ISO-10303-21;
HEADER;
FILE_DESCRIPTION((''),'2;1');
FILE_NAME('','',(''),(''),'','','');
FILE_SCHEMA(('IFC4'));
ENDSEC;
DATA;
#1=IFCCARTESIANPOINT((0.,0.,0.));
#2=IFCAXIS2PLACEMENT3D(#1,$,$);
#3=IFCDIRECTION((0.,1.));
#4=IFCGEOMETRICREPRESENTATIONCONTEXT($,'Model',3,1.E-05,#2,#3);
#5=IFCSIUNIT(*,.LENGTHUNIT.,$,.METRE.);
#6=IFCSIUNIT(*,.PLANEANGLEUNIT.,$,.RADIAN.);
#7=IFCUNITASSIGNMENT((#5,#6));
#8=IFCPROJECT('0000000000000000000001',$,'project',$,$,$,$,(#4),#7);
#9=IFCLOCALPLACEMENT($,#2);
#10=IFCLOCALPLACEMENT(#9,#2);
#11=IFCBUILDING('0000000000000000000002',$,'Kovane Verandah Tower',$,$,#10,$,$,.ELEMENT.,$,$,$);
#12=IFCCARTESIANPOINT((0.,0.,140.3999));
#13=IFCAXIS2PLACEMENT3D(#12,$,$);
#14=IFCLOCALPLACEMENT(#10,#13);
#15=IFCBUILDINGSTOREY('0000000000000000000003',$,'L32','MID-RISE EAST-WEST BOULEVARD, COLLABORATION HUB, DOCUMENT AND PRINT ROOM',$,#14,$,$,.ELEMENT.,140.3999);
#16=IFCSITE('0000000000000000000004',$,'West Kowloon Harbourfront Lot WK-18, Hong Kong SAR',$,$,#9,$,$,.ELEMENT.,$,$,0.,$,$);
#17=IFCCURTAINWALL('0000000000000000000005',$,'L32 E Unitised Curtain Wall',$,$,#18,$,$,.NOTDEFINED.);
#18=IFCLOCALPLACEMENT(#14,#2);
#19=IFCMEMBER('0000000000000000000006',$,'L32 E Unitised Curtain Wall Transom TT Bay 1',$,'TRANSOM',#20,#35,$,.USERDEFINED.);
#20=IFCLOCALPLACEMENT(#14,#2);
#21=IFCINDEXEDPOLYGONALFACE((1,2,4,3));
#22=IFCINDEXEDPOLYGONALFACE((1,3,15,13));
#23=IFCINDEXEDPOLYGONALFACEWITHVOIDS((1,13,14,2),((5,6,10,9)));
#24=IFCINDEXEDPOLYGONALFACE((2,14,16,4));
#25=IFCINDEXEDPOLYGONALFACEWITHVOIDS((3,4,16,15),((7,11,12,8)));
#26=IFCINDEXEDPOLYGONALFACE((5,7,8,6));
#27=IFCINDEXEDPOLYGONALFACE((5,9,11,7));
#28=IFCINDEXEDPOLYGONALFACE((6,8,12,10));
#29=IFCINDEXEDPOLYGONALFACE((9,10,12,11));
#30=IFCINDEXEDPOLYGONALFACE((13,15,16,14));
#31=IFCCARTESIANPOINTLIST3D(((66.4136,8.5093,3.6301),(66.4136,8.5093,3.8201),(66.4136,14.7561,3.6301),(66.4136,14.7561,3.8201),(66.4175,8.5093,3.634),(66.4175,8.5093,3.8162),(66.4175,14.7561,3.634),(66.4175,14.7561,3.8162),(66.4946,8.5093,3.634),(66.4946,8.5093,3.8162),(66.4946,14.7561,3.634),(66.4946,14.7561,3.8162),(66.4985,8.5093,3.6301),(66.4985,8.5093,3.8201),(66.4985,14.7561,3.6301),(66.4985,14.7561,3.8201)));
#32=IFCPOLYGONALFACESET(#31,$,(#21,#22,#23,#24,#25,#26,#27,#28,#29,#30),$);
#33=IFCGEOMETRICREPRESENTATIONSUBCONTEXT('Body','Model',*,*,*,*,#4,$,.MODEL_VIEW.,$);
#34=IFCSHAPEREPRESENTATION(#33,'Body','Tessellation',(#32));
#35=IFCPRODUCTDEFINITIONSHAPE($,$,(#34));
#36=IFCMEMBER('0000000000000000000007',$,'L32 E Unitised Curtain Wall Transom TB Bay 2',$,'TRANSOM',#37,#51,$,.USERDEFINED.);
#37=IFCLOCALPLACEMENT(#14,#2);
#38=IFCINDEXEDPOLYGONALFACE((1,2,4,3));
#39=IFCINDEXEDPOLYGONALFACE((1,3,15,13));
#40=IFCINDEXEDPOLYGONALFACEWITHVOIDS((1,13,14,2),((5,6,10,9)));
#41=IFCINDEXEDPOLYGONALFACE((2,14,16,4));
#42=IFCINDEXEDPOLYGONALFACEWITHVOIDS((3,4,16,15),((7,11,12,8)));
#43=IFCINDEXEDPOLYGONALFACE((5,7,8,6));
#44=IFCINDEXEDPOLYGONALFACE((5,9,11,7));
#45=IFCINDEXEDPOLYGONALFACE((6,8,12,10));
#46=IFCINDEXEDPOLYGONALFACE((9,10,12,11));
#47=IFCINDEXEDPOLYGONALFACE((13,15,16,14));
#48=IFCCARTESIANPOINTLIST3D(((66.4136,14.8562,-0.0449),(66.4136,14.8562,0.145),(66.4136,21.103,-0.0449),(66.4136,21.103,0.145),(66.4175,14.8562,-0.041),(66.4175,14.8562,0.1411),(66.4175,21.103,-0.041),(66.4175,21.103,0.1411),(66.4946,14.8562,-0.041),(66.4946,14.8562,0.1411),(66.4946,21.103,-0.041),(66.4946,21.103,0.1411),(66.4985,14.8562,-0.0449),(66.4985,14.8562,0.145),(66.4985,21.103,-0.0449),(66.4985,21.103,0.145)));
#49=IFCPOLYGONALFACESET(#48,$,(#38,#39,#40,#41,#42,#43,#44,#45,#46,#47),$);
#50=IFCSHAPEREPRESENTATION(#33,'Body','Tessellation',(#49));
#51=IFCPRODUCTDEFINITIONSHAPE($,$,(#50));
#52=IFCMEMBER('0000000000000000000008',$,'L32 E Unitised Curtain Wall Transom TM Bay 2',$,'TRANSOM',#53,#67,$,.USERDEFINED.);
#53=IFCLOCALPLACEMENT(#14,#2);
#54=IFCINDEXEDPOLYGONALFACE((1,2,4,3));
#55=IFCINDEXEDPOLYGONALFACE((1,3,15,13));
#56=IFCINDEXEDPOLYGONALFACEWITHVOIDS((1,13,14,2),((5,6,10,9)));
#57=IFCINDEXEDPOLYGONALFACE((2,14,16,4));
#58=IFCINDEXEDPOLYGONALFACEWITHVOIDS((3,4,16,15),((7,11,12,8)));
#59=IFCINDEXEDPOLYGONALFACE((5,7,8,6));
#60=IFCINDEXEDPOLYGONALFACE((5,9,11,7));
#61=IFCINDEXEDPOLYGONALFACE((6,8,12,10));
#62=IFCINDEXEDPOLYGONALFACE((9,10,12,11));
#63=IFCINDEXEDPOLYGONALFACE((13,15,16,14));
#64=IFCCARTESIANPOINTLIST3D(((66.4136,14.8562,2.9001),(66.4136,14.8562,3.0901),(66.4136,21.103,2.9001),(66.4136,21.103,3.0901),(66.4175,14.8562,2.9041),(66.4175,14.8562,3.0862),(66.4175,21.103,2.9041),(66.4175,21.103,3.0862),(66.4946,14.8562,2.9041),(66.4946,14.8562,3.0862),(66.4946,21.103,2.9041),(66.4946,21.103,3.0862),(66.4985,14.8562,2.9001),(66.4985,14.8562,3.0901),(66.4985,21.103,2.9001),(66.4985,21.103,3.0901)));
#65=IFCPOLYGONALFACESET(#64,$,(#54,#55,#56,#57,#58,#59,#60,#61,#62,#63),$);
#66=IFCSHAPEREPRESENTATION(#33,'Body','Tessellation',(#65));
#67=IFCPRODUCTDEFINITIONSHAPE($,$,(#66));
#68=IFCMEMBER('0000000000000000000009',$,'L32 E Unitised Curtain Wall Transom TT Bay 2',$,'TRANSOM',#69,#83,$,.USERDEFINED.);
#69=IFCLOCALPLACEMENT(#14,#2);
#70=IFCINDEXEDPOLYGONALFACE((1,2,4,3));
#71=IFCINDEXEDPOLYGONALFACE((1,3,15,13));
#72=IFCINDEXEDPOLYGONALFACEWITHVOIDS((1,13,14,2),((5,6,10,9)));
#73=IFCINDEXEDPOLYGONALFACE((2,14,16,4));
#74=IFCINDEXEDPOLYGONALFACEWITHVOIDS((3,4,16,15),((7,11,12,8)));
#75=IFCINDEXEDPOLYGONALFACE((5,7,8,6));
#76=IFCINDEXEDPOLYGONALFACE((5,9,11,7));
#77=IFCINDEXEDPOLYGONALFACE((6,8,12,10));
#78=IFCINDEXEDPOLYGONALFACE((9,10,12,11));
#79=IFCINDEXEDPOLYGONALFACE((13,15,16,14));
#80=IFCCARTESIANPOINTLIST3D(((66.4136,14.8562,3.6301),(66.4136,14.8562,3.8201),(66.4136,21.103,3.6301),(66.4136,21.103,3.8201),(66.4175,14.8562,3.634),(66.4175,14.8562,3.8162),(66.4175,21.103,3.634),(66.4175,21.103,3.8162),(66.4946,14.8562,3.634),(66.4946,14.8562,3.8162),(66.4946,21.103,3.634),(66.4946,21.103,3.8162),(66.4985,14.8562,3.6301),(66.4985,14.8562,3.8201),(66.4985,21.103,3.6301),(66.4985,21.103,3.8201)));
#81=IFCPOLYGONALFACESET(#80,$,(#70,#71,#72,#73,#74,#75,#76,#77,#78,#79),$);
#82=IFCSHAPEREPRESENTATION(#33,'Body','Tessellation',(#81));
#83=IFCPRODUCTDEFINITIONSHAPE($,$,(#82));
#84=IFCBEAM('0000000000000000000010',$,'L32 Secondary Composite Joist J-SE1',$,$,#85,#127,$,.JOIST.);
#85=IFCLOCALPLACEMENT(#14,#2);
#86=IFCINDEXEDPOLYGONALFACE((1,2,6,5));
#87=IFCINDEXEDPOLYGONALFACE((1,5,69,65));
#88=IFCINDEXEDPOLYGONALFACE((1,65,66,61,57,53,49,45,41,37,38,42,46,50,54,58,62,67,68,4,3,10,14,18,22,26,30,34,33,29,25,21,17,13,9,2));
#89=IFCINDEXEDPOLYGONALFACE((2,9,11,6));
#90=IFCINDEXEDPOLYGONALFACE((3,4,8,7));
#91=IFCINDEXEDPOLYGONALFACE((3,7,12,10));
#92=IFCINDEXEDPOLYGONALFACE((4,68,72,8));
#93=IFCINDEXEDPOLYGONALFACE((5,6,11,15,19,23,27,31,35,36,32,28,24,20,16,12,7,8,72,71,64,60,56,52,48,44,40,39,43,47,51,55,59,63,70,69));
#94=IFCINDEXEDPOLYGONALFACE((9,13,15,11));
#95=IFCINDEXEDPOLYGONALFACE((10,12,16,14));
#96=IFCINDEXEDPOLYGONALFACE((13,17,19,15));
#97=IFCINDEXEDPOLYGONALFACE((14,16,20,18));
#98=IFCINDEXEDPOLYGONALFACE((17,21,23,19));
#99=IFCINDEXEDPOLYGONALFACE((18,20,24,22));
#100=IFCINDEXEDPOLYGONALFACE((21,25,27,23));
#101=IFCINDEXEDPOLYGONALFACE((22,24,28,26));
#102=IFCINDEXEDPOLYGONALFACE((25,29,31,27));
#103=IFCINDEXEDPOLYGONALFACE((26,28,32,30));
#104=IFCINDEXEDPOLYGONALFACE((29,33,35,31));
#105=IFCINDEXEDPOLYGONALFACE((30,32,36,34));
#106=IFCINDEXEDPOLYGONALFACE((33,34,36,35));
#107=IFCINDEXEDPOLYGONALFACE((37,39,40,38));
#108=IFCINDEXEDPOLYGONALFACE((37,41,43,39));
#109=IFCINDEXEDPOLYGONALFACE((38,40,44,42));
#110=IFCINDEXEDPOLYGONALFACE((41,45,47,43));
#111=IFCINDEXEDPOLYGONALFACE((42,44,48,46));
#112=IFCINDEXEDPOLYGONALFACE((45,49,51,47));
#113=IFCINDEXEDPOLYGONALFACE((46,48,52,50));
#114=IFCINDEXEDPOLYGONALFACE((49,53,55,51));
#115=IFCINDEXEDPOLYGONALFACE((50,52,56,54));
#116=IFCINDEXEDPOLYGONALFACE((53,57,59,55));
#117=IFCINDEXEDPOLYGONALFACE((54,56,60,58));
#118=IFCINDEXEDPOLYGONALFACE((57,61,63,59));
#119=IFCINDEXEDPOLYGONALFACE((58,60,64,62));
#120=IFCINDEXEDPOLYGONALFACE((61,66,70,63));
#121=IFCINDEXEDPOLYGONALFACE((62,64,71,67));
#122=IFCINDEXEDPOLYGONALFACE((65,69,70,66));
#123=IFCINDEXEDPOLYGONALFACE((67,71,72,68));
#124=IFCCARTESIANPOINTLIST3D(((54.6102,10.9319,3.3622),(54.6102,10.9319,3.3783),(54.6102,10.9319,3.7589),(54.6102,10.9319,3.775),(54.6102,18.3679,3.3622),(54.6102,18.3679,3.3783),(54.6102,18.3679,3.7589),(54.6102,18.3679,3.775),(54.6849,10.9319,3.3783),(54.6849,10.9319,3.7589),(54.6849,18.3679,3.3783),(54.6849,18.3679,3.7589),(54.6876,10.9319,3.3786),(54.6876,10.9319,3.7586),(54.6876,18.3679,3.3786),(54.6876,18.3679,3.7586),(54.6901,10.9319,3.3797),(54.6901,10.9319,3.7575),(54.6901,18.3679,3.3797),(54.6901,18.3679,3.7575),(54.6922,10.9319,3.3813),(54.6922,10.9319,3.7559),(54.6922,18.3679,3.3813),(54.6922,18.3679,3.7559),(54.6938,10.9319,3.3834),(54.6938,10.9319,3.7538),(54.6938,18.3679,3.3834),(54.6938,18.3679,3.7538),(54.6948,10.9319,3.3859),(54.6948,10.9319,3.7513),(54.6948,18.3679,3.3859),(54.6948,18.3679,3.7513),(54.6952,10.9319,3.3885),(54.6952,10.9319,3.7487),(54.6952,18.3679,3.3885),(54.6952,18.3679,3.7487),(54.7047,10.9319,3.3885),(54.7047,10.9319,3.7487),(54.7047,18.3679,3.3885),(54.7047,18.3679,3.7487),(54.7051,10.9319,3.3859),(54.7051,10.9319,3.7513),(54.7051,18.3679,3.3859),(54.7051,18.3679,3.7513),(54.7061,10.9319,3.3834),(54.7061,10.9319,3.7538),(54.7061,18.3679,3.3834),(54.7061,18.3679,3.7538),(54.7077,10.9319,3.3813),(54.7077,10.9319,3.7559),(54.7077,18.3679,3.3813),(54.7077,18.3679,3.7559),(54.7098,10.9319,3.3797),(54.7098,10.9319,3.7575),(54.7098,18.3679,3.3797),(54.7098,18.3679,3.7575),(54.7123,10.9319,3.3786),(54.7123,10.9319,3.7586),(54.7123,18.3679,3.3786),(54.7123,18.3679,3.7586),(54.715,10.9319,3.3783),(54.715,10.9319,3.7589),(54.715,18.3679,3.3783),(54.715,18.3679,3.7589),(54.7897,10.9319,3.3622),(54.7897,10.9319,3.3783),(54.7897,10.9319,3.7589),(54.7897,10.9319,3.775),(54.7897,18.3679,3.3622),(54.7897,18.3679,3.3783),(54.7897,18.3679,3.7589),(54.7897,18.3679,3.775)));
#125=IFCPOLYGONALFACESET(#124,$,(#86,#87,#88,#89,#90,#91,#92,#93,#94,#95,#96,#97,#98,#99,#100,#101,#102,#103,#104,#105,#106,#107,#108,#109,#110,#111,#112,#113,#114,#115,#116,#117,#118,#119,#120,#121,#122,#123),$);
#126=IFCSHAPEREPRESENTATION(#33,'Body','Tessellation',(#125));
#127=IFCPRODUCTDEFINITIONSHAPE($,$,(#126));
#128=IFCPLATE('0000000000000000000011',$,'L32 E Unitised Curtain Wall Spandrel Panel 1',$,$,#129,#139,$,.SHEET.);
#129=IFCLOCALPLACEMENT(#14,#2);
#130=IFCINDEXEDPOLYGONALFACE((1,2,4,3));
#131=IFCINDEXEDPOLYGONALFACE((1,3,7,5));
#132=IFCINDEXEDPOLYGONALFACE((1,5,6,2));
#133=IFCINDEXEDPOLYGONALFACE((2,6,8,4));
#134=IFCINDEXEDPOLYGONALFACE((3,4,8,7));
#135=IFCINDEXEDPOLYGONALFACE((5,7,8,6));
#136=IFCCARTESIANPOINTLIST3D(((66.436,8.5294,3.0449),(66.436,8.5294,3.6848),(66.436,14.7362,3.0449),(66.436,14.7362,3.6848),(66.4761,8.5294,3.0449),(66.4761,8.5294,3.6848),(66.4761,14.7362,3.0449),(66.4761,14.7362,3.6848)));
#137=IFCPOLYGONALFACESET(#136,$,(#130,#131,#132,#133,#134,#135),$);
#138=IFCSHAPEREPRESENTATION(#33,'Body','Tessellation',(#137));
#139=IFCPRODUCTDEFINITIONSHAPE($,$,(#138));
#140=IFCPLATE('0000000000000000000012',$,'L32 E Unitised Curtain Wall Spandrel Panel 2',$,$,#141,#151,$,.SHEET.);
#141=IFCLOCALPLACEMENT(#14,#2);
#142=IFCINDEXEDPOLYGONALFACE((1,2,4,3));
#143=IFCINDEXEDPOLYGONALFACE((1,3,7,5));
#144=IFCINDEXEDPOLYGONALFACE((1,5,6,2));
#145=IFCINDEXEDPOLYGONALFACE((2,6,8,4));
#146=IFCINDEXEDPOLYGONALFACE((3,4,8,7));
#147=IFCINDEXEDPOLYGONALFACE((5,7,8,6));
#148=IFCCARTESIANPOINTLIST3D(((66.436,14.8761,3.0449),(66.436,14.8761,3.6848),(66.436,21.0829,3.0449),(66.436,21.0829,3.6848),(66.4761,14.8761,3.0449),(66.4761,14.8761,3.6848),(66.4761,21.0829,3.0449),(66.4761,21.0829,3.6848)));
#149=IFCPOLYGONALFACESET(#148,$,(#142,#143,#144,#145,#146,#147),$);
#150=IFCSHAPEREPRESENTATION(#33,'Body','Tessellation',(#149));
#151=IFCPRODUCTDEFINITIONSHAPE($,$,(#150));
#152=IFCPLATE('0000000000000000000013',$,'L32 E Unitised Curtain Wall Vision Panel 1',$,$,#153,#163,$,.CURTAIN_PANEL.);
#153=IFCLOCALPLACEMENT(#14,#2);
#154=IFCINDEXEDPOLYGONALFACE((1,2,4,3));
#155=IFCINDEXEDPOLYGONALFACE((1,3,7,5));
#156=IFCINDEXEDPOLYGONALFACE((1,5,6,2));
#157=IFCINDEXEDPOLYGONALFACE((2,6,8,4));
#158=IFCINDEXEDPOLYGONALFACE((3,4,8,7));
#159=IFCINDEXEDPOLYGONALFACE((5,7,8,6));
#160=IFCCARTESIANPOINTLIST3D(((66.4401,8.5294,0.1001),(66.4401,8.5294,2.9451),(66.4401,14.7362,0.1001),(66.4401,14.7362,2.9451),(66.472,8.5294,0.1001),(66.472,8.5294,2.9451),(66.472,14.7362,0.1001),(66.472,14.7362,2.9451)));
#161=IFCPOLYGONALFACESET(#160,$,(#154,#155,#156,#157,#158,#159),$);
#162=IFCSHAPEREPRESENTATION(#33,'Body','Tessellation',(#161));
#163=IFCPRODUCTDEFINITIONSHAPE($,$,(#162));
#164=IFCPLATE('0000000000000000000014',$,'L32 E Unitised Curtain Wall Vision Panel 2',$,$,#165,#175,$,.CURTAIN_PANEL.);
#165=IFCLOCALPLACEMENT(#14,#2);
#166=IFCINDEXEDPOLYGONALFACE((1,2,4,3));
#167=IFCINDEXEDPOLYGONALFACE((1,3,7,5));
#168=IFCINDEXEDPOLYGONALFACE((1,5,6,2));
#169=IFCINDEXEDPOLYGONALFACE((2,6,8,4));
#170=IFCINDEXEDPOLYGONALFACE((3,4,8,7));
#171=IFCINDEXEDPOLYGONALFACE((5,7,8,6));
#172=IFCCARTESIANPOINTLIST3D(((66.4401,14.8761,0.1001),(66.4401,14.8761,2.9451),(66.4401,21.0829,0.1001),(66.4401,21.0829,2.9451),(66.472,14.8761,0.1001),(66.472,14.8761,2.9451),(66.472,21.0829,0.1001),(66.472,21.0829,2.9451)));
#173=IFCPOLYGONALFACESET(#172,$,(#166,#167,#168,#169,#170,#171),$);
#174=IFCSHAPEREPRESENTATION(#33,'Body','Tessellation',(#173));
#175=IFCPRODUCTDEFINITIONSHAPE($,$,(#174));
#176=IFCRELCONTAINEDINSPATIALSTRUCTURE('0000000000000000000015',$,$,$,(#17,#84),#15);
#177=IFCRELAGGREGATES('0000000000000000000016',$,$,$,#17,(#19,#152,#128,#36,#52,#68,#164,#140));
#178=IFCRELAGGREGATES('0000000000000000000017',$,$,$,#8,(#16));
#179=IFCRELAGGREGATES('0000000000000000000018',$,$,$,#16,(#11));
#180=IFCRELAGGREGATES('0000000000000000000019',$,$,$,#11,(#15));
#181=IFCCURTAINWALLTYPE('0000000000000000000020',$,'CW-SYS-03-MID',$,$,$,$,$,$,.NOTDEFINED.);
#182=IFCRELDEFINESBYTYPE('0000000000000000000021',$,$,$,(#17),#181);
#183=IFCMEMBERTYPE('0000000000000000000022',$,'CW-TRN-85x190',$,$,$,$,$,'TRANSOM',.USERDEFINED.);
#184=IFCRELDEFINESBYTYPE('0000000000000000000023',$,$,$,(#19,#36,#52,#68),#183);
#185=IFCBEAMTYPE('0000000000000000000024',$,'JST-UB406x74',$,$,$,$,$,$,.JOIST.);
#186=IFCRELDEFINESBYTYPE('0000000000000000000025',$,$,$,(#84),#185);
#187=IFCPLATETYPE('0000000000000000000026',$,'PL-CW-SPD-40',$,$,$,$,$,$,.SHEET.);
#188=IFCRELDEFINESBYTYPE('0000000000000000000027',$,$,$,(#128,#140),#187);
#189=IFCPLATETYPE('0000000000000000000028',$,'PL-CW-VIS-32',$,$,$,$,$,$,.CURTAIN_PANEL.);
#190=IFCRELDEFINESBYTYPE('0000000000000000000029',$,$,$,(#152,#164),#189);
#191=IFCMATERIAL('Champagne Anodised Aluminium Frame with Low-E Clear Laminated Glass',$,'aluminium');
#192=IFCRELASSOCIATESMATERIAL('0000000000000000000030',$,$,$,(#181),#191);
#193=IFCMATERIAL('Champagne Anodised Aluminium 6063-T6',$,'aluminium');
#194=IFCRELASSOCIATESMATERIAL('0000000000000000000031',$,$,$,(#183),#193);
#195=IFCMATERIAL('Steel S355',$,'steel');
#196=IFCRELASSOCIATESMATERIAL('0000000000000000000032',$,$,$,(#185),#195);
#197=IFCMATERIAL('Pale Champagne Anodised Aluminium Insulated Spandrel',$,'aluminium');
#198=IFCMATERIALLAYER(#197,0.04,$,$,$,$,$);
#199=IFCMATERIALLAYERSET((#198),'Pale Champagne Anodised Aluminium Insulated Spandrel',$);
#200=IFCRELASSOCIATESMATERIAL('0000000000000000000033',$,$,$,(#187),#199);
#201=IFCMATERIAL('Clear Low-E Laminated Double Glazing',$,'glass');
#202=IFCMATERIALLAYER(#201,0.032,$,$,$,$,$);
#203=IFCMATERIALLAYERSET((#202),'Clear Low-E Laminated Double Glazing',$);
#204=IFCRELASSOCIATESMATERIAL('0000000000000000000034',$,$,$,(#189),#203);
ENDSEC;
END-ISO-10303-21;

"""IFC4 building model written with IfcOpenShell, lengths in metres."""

from ifc_helpers import new_model, si_unit, direction, frame, origin, origin_2d, place, context, subcontext, project, spatial, rectangle, hollow_rectangle, i_section, extrude, material, layer, layer_set, material_profile, profile_set, type_object, element, aggregate, save


model = new_model("IFC4")

# Units and contexts
model_context = context("Model", 3, precision=1e-05, world=origin(), true_north=direction((0.0, 1.0)))
body_context = subcontext(model_context, "Body", "Model", "MODEL_VIEW")
ifc_project = project(units=[si_unit("LENGTHUNIT", "METRE"), si_unit("PLANEANGLEUNIT", "RADIAN")], contexts=[model_context])

# Site, building, storey
site_placement = place(None, origin())
site = spatial("IfcSite", under=ifc_project, at=site_placement, Name="West Kowloon Harbourfront Lot WK-18, Hong Kong SAR", CompositionType="ELEMENT", RefElevation=0.0)
building_placement = place(site_placement, origin())
building = spatial("IfcBuilding", under=site, at=building_placement, Name="Kovane Verandah Tower", CompositionType="ELEMENT")
storey_placement = place(building_placement, frame((0.0, 0.0, 140.3999)))
storey = spatial("IfcBuildingStorey", under=building, at=storey_placement, Name="L32", Description="MID-RISE EAST-WEST BOULEVARD, COLLABORATION HUB, DOCUMENT AND PRINT ROOM", CompositionType="ELEMENT", Elevation=140.3999)

# Shared definitions
ifc_material_1 = material(Name="Steel S355", Category="steel")

# Curtain wall, members
ifc_material_2 = material(Name="Champagne Anodised Aluminium Frame with Low-E Clear Laminated Glass", Category="aluminium")
curtain_wall_type = type_object("IfcCurtainWallType", Name="CW-SYS-03-MID", PredefinedType="NOTDEFINED", material=ifc_material_2)
curtain_wall_placement = place(storey_placement, origin())
curtain_wall = element("IfcCurtainWall", 1, at=curtain_wall_placement, inside=storey, type_object=curtain_wall_type, Name="L32 E Unitised Curtain Wall", PredefinedType="NOTDEFINED")
ifc_material_3 = material(Name="Champagne Anodised Aluminium 6063-T6", Category="aluminium")
ifc_material_profile_1 = material_profile(ifc_material_3, hollow_rectangle(XDim=0.085, YDim=0.1899, WallThickness=0.0039, at=origin_2d()), Name="AL85x190x4")
ifc_profile_set_1 = profile_set([ifc_material_profile_1], Name="Champagne Anodised Aluminium 6063-T6")
member_type_1 = type_object("IfcMemberType", Name="CW-TRN-85x190", ElementType="TRANSOM", PredefinedType="USERDEFINED", material=ifc_profile_set_1)
member_1_placement = place(storey_placement, frame((66.4561, 8.5093, 3.7251), z_axis=(0.0, 1.0, 0.0), x_axis=(-1.0, 0.0, 0.0)))
member_1 = element("IfcMember", 2, at=member_1_placement, type_object=member_type_1, Name="L32 E Unitised Curtain Wall Transom TT Bay 1", ObjectType="TRANSOM", PredefinedType="USERDEFINED", context=body_context, shape_type="SweptSolid", body=[
    extrude(hollow_rectangle(XDim=0.085, YDim=0.1899, WallThickness=0.0039, at=origin_2d()), origin(), (0.0, 0.0, 1.0), 6.2468),
])
member_2_placement = place(storey_placement, frame((66.4561, 14.8562, 0.05), z_axis=(0.0, 1.0, 0.0), x_axis=(-1.0, 0.0, 0.0)))
member_2 = element("IfcMember", 3, at=member_2_placement, type_object=member_type_1, Name="L32 E Unitised Curtain Wall Transom TB Bay 2", ObjectType="TRANSOM", PredefinedType="USERDEFINED", context=body_context, shape_type="SweptSolid", body=[
    extrude(hollow_rectangle(XDim=0.085, YDim=0.1899, WallThickness=0.0039, at=origin_2d()), origin(), (0.0, 0.0, 1.0), 6.2468),
])
member_3_placement = place(storey_placement, frame((66.4561, 14.8562, 2.9951), z_axis=(0.0, 1.0, 0.0), x_axis=(-1.0, 0.0, 0.0)))
member_3 = element("IfcMember", 4, at=member_3_placement, type_object=member_type_1, Name="L32 E Unitised Curtain Wall Transom TM Bay 2", ObjectType="TRANSOM", PredefinedType="USERDEFINED", context=body_context, shape_type="SweptSolid", body=[
    extrude(hollow_rectangle(XDim=0.085, YDim=0.1899, WallThickness=0.0039, at=origin_2d()), origin(), (0.0, 0.0, 1.0), 6.2468),
])
member_4_placement = place(storey_placement, frame((66.4561, 14.8562, 3.7251), z_axis=(0.0, 1.0, 0.0), x_axis=(-1.0, 0.0, 0.0)))
member_4 = element("IfcMember", 5, at=member_4_placement, type_object=member_type_1, Name="L32 E Unitised Curtain Wall Transom TT Bay 2", ObjectType="TRANSOM", PredefinedType="USERDEFINED", context=body_context, shape_type="SweptSolid", body=[
    extrude(hollow_rectangle(XDim=0.085, YDim=0.1899, WallThickness=0.0039, at=origin_2d()), origin(), (0.0, 0.0, 1.0), 6.2468),
])

# Beam
ifc_material_profile_2 = material_profile(ifc_material_1, i_section(OverallWidth=0.1794, OverallDepth=0.4128, WebThickness=0.0095, FlangeThickness=0.0161, FilletRadius=0.0103, at=origin_2d()), Name="UB406x178x74")
ifc_profile_set_2 = profile_set([ifc_material_profile_2], Name="Steel S355")
beam_type_1 = type_object("IfcBeamType", Name="JST-UB406x74", PredefinedType="JOIST", material=ifc_profile_set_2)
beam_1_placement = place(storey_placement, frame((54.7, 10.9319, 3.5686), z_axis=(0.0, 1.0, 0.0), x_axis=(-1.0, 0.0, 0.0)))
element("IfcBeam", 6, at=beam_1_placement, inside=storey, type_object=beam_type_1, Name="L32 Secondary Composite Joist J-SE1", PredefinedType="JOIST", context=body_context, shape_type="SweptSolid", body=[
    extrude(i_section(OverallWidth=0.1794, OverallDepth=0.4128, WebThickness=0.0095, FlangeThickness=0.0161, FilletRadius=0.0103, at=origin_2d()), origin(), (0.0, 0.0, 1.0), 7.436),
])

# Plates
ifc_material_4 = material(Name="Pale Champagne Anodised Aluminium Insulated Spandrel", Category="aluminium")
ifc_layer_1 = layer(ifc_material_4, 0.04)
ifc_layer_set_1 = layer_set([ifc_layer_1], Name="Pale Champagne Anodised Aluminium Insulated Spandrel")
plate_type_1 = type_object("IfcPlateType", Name="PL-CW-SPD-40", PredefinedType="SHEET", material=ifc_layer_set_1)
plate_1_placement = place(storey_placement, frame((66.4561, 11.6328, 3.0449), z_axis=(0.0, 0.0, 1.0), x_axis=(0.0, 1.0, 0.0)))
plate_1 = element("IfcPlate", 7, at=plate_1_placement, type_object=plate_type_1, Name="L32 E Unitised Curtain Wall Spandrel Panel 1", PredefinedType="SHEET", context=body_context, shape_type="SweptSolid", body=[
    extrude(rectangle(XDim=6.2068, YDim=0.04, at=origin_2d()), origin(), (0.0, 0.0, 1.0), 0.6399),
])
plate_2_placement = place(storey_placement, frame((66.4561, 17.9795, 3.0449), z_axis=(0.0, 0.0, 1.0), x_axis=(0.0, 1.0, 0.0)))
plate_2 = element("IfcPlate", 8, at=plate_2_placement, type_object=plate_type_1, Name="L32 E Unitised Curtain Wall Spandrel Panel 2", PredefinedType="SHEET", context=body_context, shape_type="SweptSolid", body=[
    extrude(rectangle(XDim=6.2068, YDim=0.04, at=origin_2d()), origin(), (0.0, 0.0, 1.0), 0.6399),
])
ifc_material_5 = material(Name="Clear Low-E Laminated Double Glazing", Category="glass")
ifc_layer_2 = layer(ifc_material_5, 0.032)
ifc_layer_set_2 = layer_set([ifc_layer_2], Name="Clear Low-E Laminated Double Glazing")
plate_type_2 = type_object("IfcPlateType", Name="PL-CW-VIS-32", PredefinedType="CURTAIN_PANEL", material=ifc_layer_set_2)
plate_3_placement = place(storey_placement, frame((66.4561, 11.6328, 0.1001), z_axis=(0.0, 0.0, 1.0), x_axis=(0.0, 1.0, 0.0)))
plate_3 = element("IfcPlate", 9, at=plate_3_placement, type_object=plate_type_2, Name="L32 E Unitised Curtain Wall Vision Panel 1", PredefinedType="CURTAIN_PANEL", context=body_context, shape_type="SweptSolid", body=[
    extrude(rectangle(XDim=6.2068, YDim=0.032, at=origin_2d()), origin(), (0.0, 0.0, 1.0), 2.845),
])
plate_4_placement = place(storey_placement, frame((66.4561, 17.9795, 0.1001), z_axis=(0.0, 0.0, 1.0), x_axis=(0.0, 1.0, 0.0)))
plate_4 = element("IfcPlate", 10, at=plate_4_placement, type_object=plate_type_2, Name="L32 E Unitised Curtain Wall Vision Panel 2", PredefinedType="CURTAIN_PANEL", context=body_context, shape_type="SweptSolid", body=[
    extrude(rectangle(XDim=6.2068, YDim=0.032, at=origin_2d()), origin(), (0.0, 0.0, 1.0), 2.845),
])
aggregate(curtain_wall, [member_1, plate_3, plate_1, member_2, member_3, member_4, plate_4, plate_2])

save(model, "model.ifc")
